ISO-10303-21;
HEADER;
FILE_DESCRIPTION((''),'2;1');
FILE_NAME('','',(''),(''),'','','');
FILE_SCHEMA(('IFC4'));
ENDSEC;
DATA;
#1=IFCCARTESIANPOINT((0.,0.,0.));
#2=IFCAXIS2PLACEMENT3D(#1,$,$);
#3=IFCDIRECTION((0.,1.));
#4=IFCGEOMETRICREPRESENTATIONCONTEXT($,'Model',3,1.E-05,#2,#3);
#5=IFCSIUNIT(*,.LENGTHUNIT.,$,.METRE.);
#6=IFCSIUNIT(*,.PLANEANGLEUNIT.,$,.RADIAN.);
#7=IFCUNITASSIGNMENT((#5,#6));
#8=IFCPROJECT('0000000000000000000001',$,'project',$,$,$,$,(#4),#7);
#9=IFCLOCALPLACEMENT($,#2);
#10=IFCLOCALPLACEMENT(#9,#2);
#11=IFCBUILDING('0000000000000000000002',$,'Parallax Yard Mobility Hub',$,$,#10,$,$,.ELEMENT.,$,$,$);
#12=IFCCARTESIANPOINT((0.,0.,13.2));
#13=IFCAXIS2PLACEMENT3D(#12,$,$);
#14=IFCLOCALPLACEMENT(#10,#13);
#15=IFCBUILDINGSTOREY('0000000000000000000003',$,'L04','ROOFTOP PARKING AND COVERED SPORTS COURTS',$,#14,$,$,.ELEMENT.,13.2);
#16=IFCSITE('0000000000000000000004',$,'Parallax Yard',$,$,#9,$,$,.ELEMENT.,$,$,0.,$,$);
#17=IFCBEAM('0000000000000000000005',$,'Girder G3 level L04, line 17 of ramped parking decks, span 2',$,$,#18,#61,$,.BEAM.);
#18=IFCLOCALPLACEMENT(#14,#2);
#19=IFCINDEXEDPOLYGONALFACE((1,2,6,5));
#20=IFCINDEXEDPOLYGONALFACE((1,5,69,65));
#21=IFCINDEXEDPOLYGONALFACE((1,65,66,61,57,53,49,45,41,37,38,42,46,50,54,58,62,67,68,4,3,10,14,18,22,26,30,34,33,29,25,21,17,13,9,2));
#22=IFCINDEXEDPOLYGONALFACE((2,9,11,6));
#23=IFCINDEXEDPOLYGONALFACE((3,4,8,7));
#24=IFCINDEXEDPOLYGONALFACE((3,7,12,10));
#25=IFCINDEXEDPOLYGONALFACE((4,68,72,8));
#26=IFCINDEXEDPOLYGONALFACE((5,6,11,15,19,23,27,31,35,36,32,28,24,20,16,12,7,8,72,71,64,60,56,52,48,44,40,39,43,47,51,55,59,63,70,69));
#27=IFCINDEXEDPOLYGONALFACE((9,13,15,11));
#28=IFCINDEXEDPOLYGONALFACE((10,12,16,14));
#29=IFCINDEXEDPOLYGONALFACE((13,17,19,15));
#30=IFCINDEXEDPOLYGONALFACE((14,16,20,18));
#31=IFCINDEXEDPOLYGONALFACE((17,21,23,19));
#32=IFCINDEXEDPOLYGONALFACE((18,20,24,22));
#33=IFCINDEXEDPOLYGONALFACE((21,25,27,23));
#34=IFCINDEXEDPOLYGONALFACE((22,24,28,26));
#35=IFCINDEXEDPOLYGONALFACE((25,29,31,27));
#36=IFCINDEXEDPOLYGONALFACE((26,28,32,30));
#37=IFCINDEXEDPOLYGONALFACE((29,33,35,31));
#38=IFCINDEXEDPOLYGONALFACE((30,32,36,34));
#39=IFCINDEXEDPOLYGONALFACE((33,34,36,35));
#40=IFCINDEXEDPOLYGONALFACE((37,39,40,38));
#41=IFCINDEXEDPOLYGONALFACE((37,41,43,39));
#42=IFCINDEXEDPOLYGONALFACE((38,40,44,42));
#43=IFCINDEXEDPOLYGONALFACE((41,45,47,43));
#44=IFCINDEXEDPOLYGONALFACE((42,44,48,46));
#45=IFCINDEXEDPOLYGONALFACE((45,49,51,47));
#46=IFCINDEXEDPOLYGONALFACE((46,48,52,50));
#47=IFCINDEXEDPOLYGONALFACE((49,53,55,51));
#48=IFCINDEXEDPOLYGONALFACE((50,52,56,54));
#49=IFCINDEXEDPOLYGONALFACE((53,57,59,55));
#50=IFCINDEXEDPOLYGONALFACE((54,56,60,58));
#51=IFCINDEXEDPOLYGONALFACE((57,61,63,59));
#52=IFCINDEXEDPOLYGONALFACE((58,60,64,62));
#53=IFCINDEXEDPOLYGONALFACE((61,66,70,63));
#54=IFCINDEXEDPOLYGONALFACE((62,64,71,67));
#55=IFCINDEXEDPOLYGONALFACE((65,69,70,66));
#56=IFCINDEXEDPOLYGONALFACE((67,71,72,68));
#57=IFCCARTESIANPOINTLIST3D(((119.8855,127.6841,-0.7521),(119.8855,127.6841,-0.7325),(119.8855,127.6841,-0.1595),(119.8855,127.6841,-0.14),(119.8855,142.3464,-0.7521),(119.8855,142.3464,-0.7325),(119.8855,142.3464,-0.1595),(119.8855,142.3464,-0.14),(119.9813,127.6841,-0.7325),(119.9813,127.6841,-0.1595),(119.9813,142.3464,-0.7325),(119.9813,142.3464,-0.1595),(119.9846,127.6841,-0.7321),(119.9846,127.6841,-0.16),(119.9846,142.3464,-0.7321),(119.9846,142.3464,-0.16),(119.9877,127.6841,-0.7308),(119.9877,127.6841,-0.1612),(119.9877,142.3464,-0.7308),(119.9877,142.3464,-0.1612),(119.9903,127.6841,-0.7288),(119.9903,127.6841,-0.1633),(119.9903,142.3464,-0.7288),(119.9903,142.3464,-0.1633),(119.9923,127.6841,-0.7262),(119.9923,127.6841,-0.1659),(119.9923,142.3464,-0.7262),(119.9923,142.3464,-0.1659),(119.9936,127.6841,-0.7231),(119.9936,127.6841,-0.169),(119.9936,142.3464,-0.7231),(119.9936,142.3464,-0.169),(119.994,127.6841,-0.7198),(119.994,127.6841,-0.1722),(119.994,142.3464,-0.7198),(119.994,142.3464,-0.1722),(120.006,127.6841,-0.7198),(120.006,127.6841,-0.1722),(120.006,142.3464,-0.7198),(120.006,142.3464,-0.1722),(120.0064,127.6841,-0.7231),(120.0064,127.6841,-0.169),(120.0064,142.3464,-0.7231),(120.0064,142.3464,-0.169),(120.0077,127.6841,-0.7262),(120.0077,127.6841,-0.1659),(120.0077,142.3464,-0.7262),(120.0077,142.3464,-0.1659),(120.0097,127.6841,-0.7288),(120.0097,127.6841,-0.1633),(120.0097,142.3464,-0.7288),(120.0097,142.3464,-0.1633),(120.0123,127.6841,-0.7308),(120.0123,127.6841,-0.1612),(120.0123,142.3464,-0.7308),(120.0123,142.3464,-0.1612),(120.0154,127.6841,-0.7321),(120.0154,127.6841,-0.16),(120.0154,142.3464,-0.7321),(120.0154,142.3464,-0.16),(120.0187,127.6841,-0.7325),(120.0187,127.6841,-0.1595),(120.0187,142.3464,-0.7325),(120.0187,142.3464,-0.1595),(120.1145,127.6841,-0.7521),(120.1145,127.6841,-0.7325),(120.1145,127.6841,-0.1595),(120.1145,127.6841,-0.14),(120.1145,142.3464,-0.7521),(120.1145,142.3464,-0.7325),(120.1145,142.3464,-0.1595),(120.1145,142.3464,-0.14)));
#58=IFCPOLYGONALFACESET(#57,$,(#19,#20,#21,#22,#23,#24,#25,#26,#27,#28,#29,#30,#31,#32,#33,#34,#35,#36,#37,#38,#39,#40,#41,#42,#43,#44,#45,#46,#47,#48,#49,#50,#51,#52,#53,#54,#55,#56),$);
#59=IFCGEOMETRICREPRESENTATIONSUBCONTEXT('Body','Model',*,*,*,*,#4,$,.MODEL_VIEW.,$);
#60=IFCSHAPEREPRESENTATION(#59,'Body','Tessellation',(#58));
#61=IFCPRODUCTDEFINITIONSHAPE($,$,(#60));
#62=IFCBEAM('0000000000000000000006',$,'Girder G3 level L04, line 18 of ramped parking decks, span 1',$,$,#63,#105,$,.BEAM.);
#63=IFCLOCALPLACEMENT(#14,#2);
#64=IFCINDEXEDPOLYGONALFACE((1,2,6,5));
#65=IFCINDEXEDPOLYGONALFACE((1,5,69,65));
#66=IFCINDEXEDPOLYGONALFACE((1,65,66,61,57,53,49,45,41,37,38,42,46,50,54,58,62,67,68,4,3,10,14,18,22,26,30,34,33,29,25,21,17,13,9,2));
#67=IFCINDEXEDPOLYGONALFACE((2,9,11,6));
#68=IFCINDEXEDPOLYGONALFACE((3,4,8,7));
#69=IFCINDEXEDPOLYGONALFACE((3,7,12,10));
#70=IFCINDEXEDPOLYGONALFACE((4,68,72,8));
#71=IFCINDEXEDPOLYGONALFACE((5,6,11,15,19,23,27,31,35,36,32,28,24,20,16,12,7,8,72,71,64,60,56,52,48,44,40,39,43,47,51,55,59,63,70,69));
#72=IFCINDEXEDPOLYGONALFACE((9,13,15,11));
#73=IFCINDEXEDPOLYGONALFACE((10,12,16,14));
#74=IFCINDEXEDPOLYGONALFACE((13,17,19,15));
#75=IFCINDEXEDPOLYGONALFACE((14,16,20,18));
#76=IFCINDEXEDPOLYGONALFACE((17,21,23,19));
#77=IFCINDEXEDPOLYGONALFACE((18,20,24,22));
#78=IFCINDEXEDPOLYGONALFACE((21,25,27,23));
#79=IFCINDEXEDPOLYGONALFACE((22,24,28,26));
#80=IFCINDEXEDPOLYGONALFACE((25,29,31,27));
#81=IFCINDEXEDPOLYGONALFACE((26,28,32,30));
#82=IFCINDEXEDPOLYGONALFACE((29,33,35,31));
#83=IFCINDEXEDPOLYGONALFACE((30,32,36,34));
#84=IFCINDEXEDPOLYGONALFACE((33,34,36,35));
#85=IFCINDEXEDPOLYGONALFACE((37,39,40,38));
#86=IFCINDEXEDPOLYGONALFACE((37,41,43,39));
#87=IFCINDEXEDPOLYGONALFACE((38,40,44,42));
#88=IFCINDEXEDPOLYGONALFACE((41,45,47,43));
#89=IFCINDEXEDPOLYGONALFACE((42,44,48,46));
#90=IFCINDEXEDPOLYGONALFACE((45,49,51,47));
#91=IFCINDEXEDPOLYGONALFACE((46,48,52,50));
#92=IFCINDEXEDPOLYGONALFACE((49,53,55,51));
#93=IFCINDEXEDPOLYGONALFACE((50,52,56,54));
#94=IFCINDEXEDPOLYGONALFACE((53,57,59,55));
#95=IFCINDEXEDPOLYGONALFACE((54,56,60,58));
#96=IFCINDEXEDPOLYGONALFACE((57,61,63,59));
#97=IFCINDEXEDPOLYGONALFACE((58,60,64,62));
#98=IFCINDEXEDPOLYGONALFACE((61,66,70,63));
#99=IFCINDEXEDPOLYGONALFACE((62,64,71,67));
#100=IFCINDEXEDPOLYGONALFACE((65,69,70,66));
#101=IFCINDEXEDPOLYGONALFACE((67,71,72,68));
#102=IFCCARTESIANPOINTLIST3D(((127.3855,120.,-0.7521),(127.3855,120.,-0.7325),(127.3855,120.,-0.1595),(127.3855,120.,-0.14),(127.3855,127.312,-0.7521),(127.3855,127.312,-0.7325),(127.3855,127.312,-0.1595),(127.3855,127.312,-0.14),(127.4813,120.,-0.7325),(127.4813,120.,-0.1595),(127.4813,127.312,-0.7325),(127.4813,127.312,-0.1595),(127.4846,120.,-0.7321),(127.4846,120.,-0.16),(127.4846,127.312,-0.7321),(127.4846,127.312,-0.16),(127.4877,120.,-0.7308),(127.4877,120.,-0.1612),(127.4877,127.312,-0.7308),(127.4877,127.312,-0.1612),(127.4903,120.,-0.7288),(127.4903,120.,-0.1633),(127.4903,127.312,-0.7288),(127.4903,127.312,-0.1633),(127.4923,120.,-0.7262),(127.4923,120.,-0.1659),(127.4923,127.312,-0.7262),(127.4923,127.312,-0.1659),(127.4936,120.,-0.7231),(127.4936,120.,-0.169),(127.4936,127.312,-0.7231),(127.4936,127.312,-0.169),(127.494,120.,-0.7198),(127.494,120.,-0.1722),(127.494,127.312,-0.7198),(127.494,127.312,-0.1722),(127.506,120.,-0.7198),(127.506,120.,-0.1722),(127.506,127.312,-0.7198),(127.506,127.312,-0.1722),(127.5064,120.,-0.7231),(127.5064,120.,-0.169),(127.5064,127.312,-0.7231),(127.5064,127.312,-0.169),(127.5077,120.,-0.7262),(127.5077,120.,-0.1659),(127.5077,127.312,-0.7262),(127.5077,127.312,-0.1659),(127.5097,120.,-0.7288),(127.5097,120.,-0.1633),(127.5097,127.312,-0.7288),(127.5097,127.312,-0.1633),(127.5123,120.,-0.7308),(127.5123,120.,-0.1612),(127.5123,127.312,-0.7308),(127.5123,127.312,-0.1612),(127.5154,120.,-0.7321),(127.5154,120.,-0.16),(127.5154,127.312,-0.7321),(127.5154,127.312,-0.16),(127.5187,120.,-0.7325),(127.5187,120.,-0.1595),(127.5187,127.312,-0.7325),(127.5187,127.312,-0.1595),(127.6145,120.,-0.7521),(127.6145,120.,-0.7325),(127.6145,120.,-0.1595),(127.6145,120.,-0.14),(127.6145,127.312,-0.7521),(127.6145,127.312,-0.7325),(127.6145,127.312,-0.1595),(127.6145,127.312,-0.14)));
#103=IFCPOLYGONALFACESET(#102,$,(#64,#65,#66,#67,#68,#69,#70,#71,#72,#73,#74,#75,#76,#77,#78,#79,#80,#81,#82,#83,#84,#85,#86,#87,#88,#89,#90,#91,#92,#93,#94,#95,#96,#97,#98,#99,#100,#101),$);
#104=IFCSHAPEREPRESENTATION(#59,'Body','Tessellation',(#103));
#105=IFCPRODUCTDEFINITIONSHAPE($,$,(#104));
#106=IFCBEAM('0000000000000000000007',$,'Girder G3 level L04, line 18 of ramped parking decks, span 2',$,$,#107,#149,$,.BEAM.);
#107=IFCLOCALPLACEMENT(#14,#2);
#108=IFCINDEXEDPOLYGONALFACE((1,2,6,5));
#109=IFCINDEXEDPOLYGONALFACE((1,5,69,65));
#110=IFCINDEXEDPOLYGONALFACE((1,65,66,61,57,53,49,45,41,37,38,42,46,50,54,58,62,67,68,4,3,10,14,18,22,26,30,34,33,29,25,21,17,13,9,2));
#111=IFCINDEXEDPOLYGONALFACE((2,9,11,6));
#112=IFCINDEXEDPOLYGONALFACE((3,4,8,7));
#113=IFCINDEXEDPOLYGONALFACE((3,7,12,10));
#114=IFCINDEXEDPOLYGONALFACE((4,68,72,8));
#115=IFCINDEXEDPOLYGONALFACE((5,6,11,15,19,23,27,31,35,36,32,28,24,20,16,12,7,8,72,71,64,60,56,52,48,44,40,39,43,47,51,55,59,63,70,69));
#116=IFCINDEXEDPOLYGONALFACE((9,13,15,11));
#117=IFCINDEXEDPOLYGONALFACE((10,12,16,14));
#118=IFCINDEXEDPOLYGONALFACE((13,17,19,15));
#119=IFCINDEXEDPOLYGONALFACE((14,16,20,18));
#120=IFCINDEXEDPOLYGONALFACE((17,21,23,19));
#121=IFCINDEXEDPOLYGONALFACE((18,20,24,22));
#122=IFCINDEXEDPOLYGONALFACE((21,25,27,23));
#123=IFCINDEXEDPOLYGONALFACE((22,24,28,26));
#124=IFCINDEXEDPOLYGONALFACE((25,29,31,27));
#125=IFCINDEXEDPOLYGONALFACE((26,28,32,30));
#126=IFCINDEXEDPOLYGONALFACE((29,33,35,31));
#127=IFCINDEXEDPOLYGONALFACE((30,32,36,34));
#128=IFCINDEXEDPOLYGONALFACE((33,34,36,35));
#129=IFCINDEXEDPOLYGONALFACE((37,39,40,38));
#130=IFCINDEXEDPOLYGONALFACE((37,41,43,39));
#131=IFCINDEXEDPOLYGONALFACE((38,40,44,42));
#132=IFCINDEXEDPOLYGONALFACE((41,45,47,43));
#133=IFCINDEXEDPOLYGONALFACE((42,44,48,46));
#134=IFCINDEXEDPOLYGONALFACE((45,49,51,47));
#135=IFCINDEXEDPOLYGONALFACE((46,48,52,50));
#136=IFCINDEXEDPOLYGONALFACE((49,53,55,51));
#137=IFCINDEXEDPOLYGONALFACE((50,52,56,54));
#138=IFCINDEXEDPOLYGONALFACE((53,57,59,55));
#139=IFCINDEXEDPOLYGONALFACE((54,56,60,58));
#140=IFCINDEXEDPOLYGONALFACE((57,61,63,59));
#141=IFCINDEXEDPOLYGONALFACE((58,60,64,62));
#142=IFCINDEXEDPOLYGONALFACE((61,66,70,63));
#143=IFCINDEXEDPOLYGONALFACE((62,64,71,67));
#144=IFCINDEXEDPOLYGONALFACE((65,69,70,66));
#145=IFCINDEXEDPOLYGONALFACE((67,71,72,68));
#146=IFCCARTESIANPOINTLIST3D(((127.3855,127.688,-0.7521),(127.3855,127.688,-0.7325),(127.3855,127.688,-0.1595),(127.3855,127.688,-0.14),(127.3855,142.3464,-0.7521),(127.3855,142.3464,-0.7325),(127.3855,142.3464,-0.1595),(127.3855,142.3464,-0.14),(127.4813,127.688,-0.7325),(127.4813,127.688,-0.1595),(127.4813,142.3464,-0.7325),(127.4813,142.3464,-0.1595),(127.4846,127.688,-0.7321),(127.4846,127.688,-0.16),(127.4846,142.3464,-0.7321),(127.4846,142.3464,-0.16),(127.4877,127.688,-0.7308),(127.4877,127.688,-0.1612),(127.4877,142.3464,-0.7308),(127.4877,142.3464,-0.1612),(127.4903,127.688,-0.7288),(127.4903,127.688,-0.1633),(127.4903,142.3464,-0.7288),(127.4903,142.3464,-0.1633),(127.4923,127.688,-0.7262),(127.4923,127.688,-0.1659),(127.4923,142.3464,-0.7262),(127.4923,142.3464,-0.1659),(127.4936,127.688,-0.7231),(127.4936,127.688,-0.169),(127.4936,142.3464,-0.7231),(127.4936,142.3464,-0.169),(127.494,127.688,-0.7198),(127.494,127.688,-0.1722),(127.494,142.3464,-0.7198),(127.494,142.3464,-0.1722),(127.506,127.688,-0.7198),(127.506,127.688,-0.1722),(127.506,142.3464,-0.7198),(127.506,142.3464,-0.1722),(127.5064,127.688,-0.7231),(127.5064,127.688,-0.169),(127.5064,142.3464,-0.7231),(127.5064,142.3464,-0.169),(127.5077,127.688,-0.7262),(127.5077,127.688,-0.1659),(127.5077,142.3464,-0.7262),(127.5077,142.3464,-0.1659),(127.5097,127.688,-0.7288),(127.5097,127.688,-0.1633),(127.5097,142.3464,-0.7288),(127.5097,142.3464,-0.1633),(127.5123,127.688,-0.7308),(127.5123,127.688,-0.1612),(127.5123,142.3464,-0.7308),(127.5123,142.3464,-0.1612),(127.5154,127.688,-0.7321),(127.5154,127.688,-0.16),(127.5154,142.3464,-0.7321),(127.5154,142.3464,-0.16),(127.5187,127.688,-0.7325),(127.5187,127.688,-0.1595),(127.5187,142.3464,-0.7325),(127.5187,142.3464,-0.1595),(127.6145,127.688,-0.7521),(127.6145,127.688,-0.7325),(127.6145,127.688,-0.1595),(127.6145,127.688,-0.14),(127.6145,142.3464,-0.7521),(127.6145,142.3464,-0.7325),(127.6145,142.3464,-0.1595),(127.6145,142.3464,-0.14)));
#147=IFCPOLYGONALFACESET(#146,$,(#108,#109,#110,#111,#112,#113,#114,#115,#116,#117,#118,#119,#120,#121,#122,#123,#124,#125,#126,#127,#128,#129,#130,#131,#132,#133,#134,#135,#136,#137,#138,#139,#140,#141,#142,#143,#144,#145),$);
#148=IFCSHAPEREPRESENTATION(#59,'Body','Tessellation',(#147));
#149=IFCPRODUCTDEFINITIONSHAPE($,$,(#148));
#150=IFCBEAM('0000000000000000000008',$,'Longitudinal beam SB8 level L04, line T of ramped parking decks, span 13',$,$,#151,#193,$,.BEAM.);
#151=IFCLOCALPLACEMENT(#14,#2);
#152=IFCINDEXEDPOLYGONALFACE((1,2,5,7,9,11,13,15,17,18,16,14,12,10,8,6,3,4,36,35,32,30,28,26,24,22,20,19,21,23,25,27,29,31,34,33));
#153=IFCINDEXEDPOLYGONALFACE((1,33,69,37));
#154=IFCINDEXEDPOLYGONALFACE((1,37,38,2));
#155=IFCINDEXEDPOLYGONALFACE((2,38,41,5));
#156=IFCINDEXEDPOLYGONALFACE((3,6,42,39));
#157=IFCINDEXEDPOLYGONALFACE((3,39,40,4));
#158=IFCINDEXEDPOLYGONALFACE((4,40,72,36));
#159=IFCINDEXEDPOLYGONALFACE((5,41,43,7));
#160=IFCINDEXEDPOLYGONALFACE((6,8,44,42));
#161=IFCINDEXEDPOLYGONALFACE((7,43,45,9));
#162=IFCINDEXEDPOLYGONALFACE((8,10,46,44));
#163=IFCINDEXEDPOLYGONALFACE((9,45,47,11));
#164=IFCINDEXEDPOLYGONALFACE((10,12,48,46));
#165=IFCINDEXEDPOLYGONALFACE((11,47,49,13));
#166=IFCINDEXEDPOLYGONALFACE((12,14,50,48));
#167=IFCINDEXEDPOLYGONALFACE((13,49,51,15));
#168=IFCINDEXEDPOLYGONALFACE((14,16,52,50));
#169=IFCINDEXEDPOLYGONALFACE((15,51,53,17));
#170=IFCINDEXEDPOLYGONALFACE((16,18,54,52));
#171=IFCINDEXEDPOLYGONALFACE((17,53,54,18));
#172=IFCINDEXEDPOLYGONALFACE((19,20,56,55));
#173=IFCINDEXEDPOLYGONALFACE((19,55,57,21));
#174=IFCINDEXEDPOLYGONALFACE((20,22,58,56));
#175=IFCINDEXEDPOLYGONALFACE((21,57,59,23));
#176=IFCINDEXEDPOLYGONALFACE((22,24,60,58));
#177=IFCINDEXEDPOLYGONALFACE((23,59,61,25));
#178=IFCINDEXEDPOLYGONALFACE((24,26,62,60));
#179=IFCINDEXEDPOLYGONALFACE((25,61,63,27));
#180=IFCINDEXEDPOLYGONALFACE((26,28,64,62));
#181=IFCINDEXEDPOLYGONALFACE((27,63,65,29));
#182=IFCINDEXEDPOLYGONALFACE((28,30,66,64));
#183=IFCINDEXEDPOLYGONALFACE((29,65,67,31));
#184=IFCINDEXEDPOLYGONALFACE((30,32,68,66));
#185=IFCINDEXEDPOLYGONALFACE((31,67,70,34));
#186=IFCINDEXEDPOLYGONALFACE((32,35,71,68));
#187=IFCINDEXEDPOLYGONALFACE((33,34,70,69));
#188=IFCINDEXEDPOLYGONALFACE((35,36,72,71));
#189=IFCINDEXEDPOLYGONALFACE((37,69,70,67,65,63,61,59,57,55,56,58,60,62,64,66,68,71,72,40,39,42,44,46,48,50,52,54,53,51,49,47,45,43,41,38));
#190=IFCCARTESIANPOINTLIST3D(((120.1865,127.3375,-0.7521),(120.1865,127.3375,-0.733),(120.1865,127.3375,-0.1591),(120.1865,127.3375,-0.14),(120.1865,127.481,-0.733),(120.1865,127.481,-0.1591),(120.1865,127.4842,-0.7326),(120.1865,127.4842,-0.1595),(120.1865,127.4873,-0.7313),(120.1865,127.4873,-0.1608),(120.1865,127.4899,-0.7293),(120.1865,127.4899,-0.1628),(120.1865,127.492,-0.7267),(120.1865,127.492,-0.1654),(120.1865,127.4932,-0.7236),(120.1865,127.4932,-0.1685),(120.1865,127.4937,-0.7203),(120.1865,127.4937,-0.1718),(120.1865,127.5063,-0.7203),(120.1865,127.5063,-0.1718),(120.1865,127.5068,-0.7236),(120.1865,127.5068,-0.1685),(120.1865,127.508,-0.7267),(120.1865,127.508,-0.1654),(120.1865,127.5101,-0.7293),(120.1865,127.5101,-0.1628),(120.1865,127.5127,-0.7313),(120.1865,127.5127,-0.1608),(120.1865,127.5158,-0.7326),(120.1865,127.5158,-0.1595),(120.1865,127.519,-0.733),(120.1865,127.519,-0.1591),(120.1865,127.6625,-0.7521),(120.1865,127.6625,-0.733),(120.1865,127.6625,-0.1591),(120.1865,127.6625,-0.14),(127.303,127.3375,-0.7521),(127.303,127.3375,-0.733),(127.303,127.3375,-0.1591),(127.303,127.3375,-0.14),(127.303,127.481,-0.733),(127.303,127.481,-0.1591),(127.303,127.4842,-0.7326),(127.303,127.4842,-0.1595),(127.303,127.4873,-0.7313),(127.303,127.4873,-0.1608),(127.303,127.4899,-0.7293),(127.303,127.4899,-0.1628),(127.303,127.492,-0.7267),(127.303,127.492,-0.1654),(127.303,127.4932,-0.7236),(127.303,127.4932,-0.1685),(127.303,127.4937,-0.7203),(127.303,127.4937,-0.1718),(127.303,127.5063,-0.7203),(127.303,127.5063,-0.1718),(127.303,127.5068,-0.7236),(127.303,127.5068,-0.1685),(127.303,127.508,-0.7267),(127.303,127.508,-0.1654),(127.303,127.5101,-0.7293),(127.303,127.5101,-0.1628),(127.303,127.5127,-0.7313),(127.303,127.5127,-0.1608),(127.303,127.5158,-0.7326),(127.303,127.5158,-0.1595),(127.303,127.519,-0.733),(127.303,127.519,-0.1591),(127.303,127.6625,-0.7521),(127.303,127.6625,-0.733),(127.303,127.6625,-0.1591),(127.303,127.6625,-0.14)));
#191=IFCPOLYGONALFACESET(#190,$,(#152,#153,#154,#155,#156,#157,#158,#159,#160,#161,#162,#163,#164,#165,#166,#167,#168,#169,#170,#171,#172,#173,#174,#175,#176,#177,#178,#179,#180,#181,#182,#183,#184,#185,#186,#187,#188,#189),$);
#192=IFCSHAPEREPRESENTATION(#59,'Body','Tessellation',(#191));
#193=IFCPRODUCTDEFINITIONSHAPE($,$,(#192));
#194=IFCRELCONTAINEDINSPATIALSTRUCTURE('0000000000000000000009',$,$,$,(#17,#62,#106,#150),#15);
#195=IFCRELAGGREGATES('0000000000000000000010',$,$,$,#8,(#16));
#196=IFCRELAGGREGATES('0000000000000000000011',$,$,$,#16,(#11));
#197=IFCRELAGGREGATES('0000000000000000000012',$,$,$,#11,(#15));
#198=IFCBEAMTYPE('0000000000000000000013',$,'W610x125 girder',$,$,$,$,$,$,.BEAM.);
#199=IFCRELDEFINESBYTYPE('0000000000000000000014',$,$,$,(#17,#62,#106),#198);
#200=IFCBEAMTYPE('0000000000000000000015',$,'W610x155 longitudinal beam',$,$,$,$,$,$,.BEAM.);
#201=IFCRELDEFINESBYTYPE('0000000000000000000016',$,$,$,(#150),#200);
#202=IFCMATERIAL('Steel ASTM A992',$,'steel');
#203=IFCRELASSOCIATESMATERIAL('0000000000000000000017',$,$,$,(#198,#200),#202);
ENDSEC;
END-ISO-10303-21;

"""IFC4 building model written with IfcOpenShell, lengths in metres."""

from ifc_helpers import new_model, si_unit, direction, frame, origin, origin_2d, place, context, subcontext, project, spatial, i_section, extrude, material, material_profile, profile_set, type_object, element, save


model = new_model("IFC4")

# Units and contexts
model_context = context("Model", 3, precision=1e-05, world=origin(), true_north=direction((0.0, 1.0)))
body_context = subcontext(model_context, "Body", "Model", "MODEL_VIEW")
ifc_project = project(units=[si_unit("LENGTHUNIT", "METRE"), si_unit("PLANEANGLEUNIT", "RADIAN")], contexts=[model_context])

# Site, building, storey
site_placement = place(None, origin())
site = spatial("IfcSite", under=ifc_project, at=site_placement, Name="Parallax Yard", CompositionType="ELEMENT", RefElevation=0.0)
building_placement = place(site_placement, origin())
building = spatial("IfcBuilding", under=site, at=building_placement, Name="Parallax Yard Mobility Hub", CompositionType="ELEMENT")
storey_placement = place(building_placement, frame((0.0, 0.0, 13.2)))
storey = spatial("IfcBuildingStorey", under=building, at=storey_placement, Name="L04", Description="ROOFTOP PARKING AND COVERED SPORTS COURTS", CompositionType="ELEMENT", Elevation=13.2)

# Shared definitions
ifc_material_1 = material(Name="Steel ASTM A992", Category="steel")

# Beams
ifc_material_profile_1 = material_profile(ifc_material_1, i_section(OverallWidth=0.229, OverallDepth=0.6121, WebThickness=0.012, FlangeThickness=0.0195, FilletRadius=0.0127, at=origin_2d()), Name="W610x125")
ifc_profile_set_1 = profile_set([ifc_material_profile_1], Name="Steel ASTM A992")
beam_type_1 = type_object("IfcBeamType", Name="W610x125 girder", PredefinedType="BEAM", material=ifc_profile_set_1)
beam_1_placement = place(storey_placement, frame((120.0, 127.6841, -0.446), z_axis=(0.0, 1.0, 0.0), x_axis=(-1.0, 0.0, 0.0)))
element("IfcBeam", 1, at=beam_1_placement, inside=storey, type_object=beam_type_1, Name="Girder G3 level L04, line 17 of ramped parking decks, span 2", PredefinedType="BEAM", context=body_context, shape_type="SweptSolid", body=[
    extrude(i_section(OverallWidth=0.229, OverallDepth=0.6121, WebThickness=0.012, FlangeThickness=0.0195, FilletRadius=0.0127, at=origin_2d()), origin(), (0.0, 0.0, 1.0), 14.6624),
])
beam_2_placement = place(storey_placement, frame((127.5, 120.0, -0.446), z_axis=(0.0, 1.0, 0.0), x_axis=(-1.0, 0.0, 0.0)))
element("IfcBeam", 2, at=beam_2_placement, inside=storey, type_object=beam_type_1, Name="Girder G3 level L04, line 18 of ramped parking decks, span 1", PredefinedType="BEAM", context=body_context, shape_type="SweptSolid", body=[
    extrude(i_section(OverallWidth=0.229, OverallDepth=0.6121, WebThickness=0.012, FlangeThickness=0.0195, FilletRadius=0.0127, at=origin_2d()), origin(), (0.0, 0.0, 1.0), 7.312),
])
beam_3_placement = place(storey_placement, frame((127.5, 127.688, -0.446), z_axis=(0.0, 1.0, 0.0), x_axis=(-1.0, 0.0, 0.0)))
element("IfcBeam", 3, at=beam_3_placement, inside=storey, type_object=beam_type_1, Name="Girder G3 level L04, line 18 of ramped parking decks, span 2", PredefinedType="BEAM", context=body_context, shape_type="SweptSolid", body=[
    extrude(i_section(OverallWidth=0.229, OverallDepth=0.6121, WebThickness=0.012, FlangeThickness=0.0195, FilletRadius=0.0127, at=origin_2d()), origin(), (0.0, 0.0, 1.0), 14.6584),
])
ifc_material_profile_2 = material_profile(ifc_material_1, i_section(OverallWidth=0.325, OverallDepth=0.6121, WebThickness=0.0127, FlangeThickness=0.019, FilletRadius=0.0127, at=origin_2d()), Name="W610x155")
ifc_profile_set_2 = profile_set([ifc_material_profile_2], Name="Steel ASTM A992")
beam_type_2 = type_object("IfcBeamType", Name="W610x155 longitudinal beam", PredefinedType="BEAM", material=ifc_profile_set_2)
beam_4_placement = place(storey_placement, frame((120.1865, 127.5, -0.446), z_axis=(1.0, 0.0, 0.0), x_axis=(0.0, 1.0, 0.0)))
element("IfcBeam", 4, at=beam_4_placement, inside=storey, type_object=beam_type_2, Name="Longitudinal beam SB8 level L04, line T of ramped parking decks, span 13", PredefinedType="BEAM", context=body_context, shape_type="SweptSolid", body=[
    extrude(i_section(OverallWidth=0.325, OverallDepth=0.6121, WebThickness=0.0127, FlangeThickness=0.019, FilletRadius=0.0127, at=origin_2d()), origin(), (0.0, 0.0, 1.0), 7.1165),
])

save(model, "model.ifc")
